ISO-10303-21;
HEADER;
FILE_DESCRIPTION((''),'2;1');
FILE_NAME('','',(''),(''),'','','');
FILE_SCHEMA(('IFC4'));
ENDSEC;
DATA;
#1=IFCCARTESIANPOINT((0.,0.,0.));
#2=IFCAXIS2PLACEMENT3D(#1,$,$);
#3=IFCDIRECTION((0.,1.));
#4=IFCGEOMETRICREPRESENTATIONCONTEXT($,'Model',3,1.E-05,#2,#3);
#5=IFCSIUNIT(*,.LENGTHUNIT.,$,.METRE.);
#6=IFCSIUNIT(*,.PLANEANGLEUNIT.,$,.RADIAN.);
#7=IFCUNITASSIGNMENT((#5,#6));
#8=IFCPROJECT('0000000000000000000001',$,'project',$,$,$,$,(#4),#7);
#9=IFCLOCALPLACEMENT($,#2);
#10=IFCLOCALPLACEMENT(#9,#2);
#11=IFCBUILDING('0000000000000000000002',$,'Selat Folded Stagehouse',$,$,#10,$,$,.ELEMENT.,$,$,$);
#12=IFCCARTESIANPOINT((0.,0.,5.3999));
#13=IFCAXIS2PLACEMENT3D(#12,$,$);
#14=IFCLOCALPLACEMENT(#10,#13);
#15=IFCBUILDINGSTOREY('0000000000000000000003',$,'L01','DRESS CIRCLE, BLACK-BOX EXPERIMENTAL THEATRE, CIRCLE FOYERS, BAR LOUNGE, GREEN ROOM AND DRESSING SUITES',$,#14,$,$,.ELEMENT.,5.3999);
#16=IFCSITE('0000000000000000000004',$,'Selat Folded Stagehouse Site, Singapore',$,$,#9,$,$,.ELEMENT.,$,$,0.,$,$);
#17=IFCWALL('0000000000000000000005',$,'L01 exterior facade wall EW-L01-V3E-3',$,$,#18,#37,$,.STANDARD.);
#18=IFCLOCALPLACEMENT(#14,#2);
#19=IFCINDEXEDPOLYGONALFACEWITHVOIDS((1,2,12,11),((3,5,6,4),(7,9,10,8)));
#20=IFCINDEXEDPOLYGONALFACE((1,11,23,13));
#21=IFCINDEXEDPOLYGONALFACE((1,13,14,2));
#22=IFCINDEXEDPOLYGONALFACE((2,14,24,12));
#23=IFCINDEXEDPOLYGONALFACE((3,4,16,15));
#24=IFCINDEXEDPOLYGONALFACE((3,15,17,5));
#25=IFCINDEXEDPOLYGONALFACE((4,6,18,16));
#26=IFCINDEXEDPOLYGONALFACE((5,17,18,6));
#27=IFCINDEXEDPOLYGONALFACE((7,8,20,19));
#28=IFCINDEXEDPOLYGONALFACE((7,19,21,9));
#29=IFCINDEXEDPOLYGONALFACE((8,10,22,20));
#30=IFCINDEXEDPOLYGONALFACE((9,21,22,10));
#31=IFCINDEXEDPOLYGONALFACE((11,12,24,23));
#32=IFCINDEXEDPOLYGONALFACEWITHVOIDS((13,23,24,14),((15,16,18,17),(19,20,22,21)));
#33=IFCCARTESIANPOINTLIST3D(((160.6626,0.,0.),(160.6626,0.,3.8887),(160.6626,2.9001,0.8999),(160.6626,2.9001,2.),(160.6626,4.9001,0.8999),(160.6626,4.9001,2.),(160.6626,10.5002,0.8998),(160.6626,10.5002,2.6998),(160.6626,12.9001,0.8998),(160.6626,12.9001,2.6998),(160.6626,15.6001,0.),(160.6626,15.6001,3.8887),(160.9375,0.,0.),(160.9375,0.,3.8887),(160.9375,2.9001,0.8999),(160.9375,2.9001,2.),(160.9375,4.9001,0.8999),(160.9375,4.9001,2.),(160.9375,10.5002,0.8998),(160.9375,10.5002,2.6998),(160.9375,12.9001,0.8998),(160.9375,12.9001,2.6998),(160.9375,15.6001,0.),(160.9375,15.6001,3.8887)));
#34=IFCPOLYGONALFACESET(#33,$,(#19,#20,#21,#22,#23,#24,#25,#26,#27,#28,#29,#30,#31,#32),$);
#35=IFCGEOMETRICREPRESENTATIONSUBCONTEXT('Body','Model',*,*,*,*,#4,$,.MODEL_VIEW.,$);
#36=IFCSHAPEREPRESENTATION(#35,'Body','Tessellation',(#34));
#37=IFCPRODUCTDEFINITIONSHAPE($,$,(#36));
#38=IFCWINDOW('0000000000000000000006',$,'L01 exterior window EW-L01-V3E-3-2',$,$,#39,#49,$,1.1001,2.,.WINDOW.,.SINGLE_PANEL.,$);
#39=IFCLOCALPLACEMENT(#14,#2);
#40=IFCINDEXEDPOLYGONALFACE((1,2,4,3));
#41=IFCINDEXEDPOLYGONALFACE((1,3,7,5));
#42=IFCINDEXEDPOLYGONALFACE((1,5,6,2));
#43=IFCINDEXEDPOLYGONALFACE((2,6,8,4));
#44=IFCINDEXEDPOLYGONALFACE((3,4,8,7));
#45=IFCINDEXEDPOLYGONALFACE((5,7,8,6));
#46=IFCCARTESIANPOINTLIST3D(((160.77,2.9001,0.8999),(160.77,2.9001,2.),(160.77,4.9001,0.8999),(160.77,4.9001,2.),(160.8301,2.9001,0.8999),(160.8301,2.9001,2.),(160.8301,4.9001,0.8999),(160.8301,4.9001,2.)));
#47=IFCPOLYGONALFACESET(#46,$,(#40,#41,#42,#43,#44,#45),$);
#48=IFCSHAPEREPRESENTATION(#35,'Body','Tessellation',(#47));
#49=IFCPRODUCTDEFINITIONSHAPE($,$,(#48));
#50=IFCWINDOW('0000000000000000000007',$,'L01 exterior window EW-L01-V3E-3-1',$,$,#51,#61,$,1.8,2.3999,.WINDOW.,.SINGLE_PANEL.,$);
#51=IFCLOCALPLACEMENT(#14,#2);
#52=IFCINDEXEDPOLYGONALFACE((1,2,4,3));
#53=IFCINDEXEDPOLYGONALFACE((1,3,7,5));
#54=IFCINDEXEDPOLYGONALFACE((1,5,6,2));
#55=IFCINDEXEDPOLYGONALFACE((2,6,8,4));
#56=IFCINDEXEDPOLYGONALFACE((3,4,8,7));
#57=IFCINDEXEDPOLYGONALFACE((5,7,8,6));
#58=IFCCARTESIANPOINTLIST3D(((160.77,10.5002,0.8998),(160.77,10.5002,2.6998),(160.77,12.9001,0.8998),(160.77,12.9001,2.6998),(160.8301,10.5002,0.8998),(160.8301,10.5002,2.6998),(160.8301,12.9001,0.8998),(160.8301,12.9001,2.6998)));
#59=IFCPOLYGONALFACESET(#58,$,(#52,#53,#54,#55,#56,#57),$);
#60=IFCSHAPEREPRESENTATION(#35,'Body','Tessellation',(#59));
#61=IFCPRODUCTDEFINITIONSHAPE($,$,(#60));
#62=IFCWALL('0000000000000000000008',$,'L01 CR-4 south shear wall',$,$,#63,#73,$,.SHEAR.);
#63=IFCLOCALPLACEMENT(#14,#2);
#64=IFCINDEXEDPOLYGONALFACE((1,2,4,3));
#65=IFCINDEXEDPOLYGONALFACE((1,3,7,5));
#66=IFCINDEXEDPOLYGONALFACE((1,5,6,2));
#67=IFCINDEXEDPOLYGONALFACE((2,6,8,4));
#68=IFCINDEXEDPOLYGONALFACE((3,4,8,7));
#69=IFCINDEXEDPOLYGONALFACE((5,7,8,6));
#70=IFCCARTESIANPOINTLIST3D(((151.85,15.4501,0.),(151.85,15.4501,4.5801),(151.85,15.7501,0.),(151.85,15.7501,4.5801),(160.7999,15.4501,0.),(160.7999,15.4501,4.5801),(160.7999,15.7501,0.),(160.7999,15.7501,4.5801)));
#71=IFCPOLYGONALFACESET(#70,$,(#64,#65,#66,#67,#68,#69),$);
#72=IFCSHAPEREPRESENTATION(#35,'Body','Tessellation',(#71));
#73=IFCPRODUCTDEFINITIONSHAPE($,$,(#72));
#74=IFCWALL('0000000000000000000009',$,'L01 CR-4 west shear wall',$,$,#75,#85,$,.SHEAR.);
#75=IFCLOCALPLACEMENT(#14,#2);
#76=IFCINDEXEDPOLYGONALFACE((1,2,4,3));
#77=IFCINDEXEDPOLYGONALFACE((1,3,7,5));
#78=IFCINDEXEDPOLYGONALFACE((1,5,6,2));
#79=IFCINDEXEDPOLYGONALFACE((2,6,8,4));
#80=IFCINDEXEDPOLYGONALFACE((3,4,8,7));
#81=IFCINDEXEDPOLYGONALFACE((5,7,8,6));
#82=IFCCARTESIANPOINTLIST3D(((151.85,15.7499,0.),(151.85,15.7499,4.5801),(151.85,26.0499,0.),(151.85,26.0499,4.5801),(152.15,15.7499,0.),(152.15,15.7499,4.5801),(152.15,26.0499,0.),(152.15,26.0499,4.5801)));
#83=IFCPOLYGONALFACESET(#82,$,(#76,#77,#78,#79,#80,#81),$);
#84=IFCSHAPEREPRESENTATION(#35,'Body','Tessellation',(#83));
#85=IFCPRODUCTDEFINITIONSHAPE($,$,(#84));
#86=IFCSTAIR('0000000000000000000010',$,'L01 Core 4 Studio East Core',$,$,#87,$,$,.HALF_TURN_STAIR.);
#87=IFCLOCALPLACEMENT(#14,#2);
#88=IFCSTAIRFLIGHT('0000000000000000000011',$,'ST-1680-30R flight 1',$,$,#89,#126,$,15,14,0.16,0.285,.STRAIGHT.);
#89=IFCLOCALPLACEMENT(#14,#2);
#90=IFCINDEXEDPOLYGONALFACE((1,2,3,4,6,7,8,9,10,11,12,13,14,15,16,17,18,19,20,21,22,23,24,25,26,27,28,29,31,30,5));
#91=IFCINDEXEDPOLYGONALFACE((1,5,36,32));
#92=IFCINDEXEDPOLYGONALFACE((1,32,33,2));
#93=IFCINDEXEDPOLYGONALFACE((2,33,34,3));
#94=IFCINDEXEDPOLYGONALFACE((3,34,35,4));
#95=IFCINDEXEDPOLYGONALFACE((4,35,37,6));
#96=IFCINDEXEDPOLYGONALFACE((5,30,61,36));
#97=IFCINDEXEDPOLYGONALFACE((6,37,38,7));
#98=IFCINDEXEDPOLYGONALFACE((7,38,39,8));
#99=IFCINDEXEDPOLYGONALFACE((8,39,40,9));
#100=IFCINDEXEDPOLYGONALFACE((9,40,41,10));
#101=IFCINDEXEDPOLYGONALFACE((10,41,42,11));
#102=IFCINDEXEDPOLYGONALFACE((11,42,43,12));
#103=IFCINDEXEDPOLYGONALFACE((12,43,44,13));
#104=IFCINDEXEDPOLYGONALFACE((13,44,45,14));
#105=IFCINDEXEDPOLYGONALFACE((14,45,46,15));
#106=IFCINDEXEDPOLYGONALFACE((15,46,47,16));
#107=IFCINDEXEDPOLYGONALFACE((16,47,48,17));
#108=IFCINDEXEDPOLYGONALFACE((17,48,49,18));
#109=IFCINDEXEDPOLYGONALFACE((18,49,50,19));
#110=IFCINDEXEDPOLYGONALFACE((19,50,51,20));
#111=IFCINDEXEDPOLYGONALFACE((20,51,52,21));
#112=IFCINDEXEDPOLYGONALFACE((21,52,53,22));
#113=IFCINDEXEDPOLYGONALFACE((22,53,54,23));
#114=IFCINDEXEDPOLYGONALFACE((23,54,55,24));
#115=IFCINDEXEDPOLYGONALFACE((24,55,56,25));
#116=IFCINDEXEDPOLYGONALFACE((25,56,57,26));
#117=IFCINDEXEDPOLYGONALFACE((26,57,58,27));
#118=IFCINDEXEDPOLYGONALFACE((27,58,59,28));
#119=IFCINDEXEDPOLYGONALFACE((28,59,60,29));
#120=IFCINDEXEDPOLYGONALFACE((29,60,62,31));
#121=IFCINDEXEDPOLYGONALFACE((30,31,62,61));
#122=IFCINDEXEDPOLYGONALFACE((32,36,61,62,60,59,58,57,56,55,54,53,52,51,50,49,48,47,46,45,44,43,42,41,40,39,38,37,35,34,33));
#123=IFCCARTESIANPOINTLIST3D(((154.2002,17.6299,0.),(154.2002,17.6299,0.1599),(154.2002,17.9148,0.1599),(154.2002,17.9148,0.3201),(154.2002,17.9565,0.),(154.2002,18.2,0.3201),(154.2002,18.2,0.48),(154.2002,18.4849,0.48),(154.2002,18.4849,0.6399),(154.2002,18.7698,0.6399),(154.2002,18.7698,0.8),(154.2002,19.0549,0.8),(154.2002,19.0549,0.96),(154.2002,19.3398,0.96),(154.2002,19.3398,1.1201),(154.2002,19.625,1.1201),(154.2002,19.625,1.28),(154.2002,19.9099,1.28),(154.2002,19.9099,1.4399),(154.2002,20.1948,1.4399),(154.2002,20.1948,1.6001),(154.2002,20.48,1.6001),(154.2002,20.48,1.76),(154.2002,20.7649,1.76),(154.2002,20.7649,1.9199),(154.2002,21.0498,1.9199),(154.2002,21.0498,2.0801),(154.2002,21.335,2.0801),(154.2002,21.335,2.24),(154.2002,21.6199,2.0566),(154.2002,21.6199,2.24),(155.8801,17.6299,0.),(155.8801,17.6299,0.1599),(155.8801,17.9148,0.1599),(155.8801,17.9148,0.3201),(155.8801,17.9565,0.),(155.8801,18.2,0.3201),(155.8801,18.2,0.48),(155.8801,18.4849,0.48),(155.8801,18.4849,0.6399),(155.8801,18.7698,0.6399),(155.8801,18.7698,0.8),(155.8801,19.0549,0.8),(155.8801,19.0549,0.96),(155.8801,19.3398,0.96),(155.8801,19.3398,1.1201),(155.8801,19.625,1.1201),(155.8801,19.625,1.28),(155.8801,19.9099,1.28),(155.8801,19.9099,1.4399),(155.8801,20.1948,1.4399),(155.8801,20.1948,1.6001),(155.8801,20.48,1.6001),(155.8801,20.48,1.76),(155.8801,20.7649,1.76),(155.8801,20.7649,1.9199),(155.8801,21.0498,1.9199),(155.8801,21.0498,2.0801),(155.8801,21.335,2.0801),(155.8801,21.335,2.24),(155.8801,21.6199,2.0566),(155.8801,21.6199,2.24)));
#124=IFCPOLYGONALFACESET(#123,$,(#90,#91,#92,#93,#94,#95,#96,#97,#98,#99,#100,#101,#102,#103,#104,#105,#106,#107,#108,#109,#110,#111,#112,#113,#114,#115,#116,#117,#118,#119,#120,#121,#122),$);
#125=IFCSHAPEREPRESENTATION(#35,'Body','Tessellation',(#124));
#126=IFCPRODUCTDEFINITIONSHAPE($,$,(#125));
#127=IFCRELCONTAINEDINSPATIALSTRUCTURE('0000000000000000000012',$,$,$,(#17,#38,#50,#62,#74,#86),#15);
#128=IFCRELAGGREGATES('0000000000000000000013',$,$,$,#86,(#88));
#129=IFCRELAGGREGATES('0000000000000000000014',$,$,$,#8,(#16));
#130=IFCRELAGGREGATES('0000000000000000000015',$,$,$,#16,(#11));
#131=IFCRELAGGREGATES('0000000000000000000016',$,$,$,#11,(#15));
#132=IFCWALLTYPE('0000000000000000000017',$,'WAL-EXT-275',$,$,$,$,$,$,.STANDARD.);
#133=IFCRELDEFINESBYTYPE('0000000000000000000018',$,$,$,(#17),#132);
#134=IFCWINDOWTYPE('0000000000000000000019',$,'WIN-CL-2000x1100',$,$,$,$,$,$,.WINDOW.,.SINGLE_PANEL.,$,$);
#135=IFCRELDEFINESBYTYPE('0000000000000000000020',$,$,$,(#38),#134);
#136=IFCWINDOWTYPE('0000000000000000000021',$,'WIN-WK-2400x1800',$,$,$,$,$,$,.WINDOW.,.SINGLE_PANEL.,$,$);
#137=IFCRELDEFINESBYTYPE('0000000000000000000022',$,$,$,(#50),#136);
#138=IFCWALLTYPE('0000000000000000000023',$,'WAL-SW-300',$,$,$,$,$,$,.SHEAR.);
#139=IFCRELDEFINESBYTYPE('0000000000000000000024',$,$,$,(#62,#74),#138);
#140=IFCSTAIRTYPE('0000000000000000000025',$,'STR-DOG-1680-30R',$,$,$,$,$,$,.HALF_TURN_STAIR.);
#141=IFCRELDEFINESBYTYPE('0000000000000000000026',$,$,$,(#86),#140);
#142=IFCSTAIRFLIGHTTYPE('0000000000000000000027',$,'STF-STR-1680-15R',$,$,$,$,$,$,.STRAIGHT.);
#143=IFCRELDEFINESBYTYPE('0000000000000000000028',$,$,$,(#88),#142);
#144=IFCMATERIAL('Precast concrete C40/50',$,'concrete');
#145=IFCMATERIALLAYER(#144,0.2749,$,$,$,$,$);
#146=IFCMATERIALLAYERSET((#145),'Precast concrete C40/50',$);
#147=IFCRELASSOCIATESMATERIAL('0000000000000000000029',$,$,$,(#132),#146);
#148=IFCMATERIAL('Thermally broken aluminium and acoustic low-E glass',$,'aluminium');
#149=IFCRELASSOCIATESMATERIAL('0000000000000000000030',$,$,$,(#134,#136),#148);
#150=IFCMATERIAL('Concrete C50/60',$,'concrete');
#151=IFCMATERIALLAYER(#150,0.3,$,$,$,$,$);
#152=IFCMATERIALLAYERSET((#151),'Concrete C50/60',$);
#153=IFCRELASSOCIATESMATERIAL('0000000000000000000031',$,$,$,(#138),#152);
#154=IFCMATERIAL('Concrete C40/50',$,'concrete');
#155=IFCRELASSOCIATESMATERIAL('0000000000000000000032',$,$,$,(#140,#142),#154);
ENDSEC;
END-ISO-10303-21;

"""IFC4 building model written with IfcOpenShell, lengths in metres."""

from ifc_helpers import new_model, si_unit, direction, frame, frame_2d, origin, place, context, subcontext, project, spatial, polyline, rectangle, outline, extrude, material, layer, layer_set, type_object, element, fill, aggregate, save


model = new_model("IFC4")

# Units and contexts
model_context = context("Model", 3, precision=1e-05, world=origin(), true_north=direction((0.0, 1.0)))
body_context = subcontext(model_context, "Body", "Model", "MODEL_VIEW")
ifc_project = project(units=[si_unit("LENGTHUNIT", "METRE"), si_unit("PLANEANGLEUNIT", "RADIAN")], contexts=[model_context])

# Site, building, storey
site_placement = place(None, origin())
site = spatial("IfcSite", under=ifc_project, at=site_placement, Name="Selat Folded Stagehouse Site, Singapore", CompositionType="ELEMENT", RefElevation=0.0)
building_placement = place(site_placement, origin())
building = spatial("IfcBuilding", under=site, at=building_placement, Name="Selat Folded Stagehouse", CompositionType="ELEMENT")
storey_placement = place(building_placement, frame((0.0, 0.0, 5.3999)))
storey = spatial("IfcBuildingStorey", under=building, at=storey_placement, Name="L01", Description="DRESS CIRCLE, BLACK-BOX EXPERIMENTAL THEATRE, CIRCLE FOYERS, BAR LOUNGE, GREEN ROOM AND DRESSING SUITES", CompositionType="ELEMENT", Elevation=5.3999)

# Wall, openings, windows
ifc_material_1 = material(Name="Precast concrete C40/50", Category="concrete")
ifc_layer_1 = layer(ifc_material_1, 0.2749)
ifc_layer_set_1 = layer_set([ifc_layer_1], Name="Precast concrete C40/50")
wall_type_1 = type_object("IfcWallType", Name="WAL-EXT-275", PredefinedType="STANDARD", material=ifc_layer_set_1)
ifc_material_2 = material(Name="Thermally broken aluminium and acoustic low-E glass", Category="aluminium")
wall_1_placement = place(storey_placement, frame((160.8, 15.6001, 0.0), z_axis=(0.0, 0.0, 1.0), x_axis=(0.0, -1.0, 0.0)))
wall_1 = element("IfcWall", 1, at=wall_1_placement, inside=storey, type_object=wall_type_1, Name="L01 exterior facade wall EW-L01-V3E-3", PredefinedType="STANDARD", context=body_context, shape_type="SweptSolid", body=[
    extrude(rectangle(XDim=15.6001, YDim=0.2749, at=frame_2d((7.8, 0.0))), origin(), (0.0, 0.0, 1.0), 3.8887),
])
opening_1_placement = place(wall_1_placement, frame((2.7, 0.0, 0.8999)))
opening_1 = element("IfcOpeningElement", 2, at=opening_1_placement, cuts=wall_1, PredefinedType="OPENING", context=body_context, shape_type="SweptSolid", body=[
    extrude(rectangle(XDim=2.3999, YDim=1.8, at=frame_2d((1.2, 0.8999))), frame((0.0, 0.1475, 0.0), z_axis=(0.0, -1.0, 0.0), x_axis=(1.0, 0.0, 0.0)), (0.0, 0.0, 1.0), 0.2949),
])
opening_2_placement = place(wall_1_placement, frame((10.7, 0.0, 0.8999)))
opening_2 = element("IfcOpeningElement", 3, at=opening_2_placement, cuts=wall_1, PredefinedType="OPENING", context=body_context, shape_type="SweptSolid", body=[
    extrude(rectangle(XDim=2.0, YDim=1.1001, at=frame_2d((1.0, 0.55))), frame((0.0, 0.1475, 0.0), z_axis=(0.0, -1.0, 0.0), x_axis=(1.0, 0.0, 0.0)), (0.0, 0.0, 1.0), 0.2949),
])
window_type_1 = type_object("IfcWindowType", Name="WIN-CL-2000x1100", PartitioningType="SINGLE_PANEL", PredefinedType="WINDOW", material=ifc_material_2)
window_1_placement = place(opening_2_placement, origin())
window_1 = element("IfcWindow", 4, at=window_1_placement, inside=storey, type_object=window_type_1, Name="L01 exterior window EW-L01-V3E-3-2", OverallHeight=1.1001, OverallWidth=2.0, PartitioningType="SINGLE_PANEL", PredefinedType="WINDOW", context=body_context, shape_type="SweptSolid", body=[
    extrude(rectangle(XDim=2.0, YDim=1.1001, at=frame_2d((1.0, 0.55))), frame((0.0, 0.03, 0.0), z_axis=(0.0, -1.0, 0.0), x_axis=(1.0, 0.0, 0.0)), (0.0, 0.0, 1.0), 0.0601),
])
fill(opening_2, window_1)
window_type_2 = type_object("IfcWindowType", Name="WIN-WK-2400x1800", PartitioningType="SINGLE_PANEL", PredefinedType="WINDOW", material=ifc_material_2)
window_2_placement = place(opening_1_placement, origin())
window_2 = element("IfcWindow", 5, at=window_2_placement, inside=storey, type_object=window_type_2, Name="L01 exterior window EW-L01-V3E-3-1", OverallHeight=1.8, OverallWidth=2.3999, PartitioningType="SINGLE_PANEL", PredefinedType="WINDOW", context=body_context, shape_type="SweptSolid", body=[
    extrude(rectangle(XDim=2.3999, YDim=1.8, at=frame_2d((1.2, 0.8999))), frame((0.0, 0.03, 0.0), z_axis=(0.0, -1.0, 0.0), x_axis=(1.0, 0.0, 0.0)), (0.0, 0.0, 1.0), 0.0601),
])
fill(opening_1, window_2)

# Walls
ifc_material_3 = material(Name="Concrete C50/60", Category="concrete")
ifc_layer_2 = layer(ifc_material_3, 0.3)
ifc_layer_set_2 = layer_set([ifc_layer_2], Name="Concrete C50/60")
wall_type_2 = type_object("IfcWallType", Name="WAL-SW-300", PredefinedType="SHEAR", material=ifc_layer_set_2)
wall_2_placement = place(storey_placement, frame((160.8, 15.6001, 0.0), z_axis=(0.0, 0.0, 1.0), x_axis=(-1.0, 0.0, 0.0)))
element("IfcWall", 6, at=wall_2_placement, inside=storey, type_object=wall_type_2, Name="L01 CR-4 south shear wall", PredefinedType="SHEAR", context=body_context, shape_type="SweptSolid", body=[
    extrude(rectangle(XDim=8.95, YDim=0.3, at=frame_2d((4.4751, 0.0))), origin(), (0.0, 0.0, 1.0), 4.5801),
])
wall_3_placement = place(storey_placement, frame((152.0, 15.75, 0.0), z_axis=(0.0, 0.0, 1.0), x_axis=(0.0, 1.0, 0.0)))
element("IfcWall", 7, at=wall_3_placement, inside=storey, type_object=wall_type_2, Name="L01 CR-4 west shear wall", PredefinedType="SHEAR", context=body_context, shape_type="SweptSolid", body=[
    extrude(rectangle(XDim=10.3, YDim=0.3, at=frame_2d((5.1499, 0.0))), origin(), (0.0, 0.0, 1.0), 4.5801),
])

# Stair, stair flight
ifc_material_4 = material(Name="Concrete C40/50", Category="concrete")
stair_type = type_object("IfcStairType", Name="STR-DOG-1680-30R", PredefinedType="HALF_TURN_STAIR", material=ifc_material_4)
stair_placement = place(storey_placement, origin())
stair = element("IfcStair", 8, at=stair_placement, inside=storey, type_object=stair_type, Name="L01 Core 4 Studio East Core", PredefinedType="HALF_TURN_STAIR")
stair_flight_type = type_object("IfcStairFlightType", Name="STF-STR-1680-15R", PredefinedType="STRAIGHT", material=ifc_material_4)
stair_flight_placement = place(storey_placement, frame((155.04, 17.6299, 0.0), z_axis=(0.0, 0.0, 1.0), x_axis=(0.0, 1.0, 0.0)))
stair_flight = element("IfcStairFlight", 9, at=stair_flight_placement, type_object=stair_flight_type, Name="ST-1680-30R flight 1", NumberOfRisers=15, NumberOfTreads=14, PredefinedType="STRAIGHT", RiserHeight=0.16, TreadLength=0.285, context=body_context, shape_type="SweptSolid", body=[
    extrude(outline(polyline([(0.0, 0.0), (0.0, 0.1599), (0.2849, 0.1599), (0.2849, 0.3201), (0.5701, 0.3201), (0.5701, 0.48), (0.855, 0.48), (0.855, 0.6399), (1.1399, 0.6399), (1.1399, 0.8), (1.425, 0.8), (1.425, 0.96), (1.71, 0.96), (1.71, 1.1201), (1.9951, 1.1201), (1.9951, 1.28), (2.28, 1.28), (2.28, 1.4399), (2.5649, 1.4399), (2.5649, 1.6001), (2.8501, 1.6001), (2.8501, 1.76), (3.135, 1.76), (3.135, 1.9199), (3.4199, 1.9199), (3.4199, 2.0801), (3.7051, 2.0801), (3.7051, 2.24), (3.99, 2.24), (3.99, 2.3999), (3.99, 2.0566), (0.3267, 0.0), (0.0, 0.0)])), frame((0.0, 0.8398, 0.0), z_axis=(0.0, -1.0, 0.0), x_axis=(1.0, 0.0, 0.0)), (0.0, 0.0, 1.0), 1.6799),
])
aggregate(stair, [stair_flight])

save(model, "model.ifc")
